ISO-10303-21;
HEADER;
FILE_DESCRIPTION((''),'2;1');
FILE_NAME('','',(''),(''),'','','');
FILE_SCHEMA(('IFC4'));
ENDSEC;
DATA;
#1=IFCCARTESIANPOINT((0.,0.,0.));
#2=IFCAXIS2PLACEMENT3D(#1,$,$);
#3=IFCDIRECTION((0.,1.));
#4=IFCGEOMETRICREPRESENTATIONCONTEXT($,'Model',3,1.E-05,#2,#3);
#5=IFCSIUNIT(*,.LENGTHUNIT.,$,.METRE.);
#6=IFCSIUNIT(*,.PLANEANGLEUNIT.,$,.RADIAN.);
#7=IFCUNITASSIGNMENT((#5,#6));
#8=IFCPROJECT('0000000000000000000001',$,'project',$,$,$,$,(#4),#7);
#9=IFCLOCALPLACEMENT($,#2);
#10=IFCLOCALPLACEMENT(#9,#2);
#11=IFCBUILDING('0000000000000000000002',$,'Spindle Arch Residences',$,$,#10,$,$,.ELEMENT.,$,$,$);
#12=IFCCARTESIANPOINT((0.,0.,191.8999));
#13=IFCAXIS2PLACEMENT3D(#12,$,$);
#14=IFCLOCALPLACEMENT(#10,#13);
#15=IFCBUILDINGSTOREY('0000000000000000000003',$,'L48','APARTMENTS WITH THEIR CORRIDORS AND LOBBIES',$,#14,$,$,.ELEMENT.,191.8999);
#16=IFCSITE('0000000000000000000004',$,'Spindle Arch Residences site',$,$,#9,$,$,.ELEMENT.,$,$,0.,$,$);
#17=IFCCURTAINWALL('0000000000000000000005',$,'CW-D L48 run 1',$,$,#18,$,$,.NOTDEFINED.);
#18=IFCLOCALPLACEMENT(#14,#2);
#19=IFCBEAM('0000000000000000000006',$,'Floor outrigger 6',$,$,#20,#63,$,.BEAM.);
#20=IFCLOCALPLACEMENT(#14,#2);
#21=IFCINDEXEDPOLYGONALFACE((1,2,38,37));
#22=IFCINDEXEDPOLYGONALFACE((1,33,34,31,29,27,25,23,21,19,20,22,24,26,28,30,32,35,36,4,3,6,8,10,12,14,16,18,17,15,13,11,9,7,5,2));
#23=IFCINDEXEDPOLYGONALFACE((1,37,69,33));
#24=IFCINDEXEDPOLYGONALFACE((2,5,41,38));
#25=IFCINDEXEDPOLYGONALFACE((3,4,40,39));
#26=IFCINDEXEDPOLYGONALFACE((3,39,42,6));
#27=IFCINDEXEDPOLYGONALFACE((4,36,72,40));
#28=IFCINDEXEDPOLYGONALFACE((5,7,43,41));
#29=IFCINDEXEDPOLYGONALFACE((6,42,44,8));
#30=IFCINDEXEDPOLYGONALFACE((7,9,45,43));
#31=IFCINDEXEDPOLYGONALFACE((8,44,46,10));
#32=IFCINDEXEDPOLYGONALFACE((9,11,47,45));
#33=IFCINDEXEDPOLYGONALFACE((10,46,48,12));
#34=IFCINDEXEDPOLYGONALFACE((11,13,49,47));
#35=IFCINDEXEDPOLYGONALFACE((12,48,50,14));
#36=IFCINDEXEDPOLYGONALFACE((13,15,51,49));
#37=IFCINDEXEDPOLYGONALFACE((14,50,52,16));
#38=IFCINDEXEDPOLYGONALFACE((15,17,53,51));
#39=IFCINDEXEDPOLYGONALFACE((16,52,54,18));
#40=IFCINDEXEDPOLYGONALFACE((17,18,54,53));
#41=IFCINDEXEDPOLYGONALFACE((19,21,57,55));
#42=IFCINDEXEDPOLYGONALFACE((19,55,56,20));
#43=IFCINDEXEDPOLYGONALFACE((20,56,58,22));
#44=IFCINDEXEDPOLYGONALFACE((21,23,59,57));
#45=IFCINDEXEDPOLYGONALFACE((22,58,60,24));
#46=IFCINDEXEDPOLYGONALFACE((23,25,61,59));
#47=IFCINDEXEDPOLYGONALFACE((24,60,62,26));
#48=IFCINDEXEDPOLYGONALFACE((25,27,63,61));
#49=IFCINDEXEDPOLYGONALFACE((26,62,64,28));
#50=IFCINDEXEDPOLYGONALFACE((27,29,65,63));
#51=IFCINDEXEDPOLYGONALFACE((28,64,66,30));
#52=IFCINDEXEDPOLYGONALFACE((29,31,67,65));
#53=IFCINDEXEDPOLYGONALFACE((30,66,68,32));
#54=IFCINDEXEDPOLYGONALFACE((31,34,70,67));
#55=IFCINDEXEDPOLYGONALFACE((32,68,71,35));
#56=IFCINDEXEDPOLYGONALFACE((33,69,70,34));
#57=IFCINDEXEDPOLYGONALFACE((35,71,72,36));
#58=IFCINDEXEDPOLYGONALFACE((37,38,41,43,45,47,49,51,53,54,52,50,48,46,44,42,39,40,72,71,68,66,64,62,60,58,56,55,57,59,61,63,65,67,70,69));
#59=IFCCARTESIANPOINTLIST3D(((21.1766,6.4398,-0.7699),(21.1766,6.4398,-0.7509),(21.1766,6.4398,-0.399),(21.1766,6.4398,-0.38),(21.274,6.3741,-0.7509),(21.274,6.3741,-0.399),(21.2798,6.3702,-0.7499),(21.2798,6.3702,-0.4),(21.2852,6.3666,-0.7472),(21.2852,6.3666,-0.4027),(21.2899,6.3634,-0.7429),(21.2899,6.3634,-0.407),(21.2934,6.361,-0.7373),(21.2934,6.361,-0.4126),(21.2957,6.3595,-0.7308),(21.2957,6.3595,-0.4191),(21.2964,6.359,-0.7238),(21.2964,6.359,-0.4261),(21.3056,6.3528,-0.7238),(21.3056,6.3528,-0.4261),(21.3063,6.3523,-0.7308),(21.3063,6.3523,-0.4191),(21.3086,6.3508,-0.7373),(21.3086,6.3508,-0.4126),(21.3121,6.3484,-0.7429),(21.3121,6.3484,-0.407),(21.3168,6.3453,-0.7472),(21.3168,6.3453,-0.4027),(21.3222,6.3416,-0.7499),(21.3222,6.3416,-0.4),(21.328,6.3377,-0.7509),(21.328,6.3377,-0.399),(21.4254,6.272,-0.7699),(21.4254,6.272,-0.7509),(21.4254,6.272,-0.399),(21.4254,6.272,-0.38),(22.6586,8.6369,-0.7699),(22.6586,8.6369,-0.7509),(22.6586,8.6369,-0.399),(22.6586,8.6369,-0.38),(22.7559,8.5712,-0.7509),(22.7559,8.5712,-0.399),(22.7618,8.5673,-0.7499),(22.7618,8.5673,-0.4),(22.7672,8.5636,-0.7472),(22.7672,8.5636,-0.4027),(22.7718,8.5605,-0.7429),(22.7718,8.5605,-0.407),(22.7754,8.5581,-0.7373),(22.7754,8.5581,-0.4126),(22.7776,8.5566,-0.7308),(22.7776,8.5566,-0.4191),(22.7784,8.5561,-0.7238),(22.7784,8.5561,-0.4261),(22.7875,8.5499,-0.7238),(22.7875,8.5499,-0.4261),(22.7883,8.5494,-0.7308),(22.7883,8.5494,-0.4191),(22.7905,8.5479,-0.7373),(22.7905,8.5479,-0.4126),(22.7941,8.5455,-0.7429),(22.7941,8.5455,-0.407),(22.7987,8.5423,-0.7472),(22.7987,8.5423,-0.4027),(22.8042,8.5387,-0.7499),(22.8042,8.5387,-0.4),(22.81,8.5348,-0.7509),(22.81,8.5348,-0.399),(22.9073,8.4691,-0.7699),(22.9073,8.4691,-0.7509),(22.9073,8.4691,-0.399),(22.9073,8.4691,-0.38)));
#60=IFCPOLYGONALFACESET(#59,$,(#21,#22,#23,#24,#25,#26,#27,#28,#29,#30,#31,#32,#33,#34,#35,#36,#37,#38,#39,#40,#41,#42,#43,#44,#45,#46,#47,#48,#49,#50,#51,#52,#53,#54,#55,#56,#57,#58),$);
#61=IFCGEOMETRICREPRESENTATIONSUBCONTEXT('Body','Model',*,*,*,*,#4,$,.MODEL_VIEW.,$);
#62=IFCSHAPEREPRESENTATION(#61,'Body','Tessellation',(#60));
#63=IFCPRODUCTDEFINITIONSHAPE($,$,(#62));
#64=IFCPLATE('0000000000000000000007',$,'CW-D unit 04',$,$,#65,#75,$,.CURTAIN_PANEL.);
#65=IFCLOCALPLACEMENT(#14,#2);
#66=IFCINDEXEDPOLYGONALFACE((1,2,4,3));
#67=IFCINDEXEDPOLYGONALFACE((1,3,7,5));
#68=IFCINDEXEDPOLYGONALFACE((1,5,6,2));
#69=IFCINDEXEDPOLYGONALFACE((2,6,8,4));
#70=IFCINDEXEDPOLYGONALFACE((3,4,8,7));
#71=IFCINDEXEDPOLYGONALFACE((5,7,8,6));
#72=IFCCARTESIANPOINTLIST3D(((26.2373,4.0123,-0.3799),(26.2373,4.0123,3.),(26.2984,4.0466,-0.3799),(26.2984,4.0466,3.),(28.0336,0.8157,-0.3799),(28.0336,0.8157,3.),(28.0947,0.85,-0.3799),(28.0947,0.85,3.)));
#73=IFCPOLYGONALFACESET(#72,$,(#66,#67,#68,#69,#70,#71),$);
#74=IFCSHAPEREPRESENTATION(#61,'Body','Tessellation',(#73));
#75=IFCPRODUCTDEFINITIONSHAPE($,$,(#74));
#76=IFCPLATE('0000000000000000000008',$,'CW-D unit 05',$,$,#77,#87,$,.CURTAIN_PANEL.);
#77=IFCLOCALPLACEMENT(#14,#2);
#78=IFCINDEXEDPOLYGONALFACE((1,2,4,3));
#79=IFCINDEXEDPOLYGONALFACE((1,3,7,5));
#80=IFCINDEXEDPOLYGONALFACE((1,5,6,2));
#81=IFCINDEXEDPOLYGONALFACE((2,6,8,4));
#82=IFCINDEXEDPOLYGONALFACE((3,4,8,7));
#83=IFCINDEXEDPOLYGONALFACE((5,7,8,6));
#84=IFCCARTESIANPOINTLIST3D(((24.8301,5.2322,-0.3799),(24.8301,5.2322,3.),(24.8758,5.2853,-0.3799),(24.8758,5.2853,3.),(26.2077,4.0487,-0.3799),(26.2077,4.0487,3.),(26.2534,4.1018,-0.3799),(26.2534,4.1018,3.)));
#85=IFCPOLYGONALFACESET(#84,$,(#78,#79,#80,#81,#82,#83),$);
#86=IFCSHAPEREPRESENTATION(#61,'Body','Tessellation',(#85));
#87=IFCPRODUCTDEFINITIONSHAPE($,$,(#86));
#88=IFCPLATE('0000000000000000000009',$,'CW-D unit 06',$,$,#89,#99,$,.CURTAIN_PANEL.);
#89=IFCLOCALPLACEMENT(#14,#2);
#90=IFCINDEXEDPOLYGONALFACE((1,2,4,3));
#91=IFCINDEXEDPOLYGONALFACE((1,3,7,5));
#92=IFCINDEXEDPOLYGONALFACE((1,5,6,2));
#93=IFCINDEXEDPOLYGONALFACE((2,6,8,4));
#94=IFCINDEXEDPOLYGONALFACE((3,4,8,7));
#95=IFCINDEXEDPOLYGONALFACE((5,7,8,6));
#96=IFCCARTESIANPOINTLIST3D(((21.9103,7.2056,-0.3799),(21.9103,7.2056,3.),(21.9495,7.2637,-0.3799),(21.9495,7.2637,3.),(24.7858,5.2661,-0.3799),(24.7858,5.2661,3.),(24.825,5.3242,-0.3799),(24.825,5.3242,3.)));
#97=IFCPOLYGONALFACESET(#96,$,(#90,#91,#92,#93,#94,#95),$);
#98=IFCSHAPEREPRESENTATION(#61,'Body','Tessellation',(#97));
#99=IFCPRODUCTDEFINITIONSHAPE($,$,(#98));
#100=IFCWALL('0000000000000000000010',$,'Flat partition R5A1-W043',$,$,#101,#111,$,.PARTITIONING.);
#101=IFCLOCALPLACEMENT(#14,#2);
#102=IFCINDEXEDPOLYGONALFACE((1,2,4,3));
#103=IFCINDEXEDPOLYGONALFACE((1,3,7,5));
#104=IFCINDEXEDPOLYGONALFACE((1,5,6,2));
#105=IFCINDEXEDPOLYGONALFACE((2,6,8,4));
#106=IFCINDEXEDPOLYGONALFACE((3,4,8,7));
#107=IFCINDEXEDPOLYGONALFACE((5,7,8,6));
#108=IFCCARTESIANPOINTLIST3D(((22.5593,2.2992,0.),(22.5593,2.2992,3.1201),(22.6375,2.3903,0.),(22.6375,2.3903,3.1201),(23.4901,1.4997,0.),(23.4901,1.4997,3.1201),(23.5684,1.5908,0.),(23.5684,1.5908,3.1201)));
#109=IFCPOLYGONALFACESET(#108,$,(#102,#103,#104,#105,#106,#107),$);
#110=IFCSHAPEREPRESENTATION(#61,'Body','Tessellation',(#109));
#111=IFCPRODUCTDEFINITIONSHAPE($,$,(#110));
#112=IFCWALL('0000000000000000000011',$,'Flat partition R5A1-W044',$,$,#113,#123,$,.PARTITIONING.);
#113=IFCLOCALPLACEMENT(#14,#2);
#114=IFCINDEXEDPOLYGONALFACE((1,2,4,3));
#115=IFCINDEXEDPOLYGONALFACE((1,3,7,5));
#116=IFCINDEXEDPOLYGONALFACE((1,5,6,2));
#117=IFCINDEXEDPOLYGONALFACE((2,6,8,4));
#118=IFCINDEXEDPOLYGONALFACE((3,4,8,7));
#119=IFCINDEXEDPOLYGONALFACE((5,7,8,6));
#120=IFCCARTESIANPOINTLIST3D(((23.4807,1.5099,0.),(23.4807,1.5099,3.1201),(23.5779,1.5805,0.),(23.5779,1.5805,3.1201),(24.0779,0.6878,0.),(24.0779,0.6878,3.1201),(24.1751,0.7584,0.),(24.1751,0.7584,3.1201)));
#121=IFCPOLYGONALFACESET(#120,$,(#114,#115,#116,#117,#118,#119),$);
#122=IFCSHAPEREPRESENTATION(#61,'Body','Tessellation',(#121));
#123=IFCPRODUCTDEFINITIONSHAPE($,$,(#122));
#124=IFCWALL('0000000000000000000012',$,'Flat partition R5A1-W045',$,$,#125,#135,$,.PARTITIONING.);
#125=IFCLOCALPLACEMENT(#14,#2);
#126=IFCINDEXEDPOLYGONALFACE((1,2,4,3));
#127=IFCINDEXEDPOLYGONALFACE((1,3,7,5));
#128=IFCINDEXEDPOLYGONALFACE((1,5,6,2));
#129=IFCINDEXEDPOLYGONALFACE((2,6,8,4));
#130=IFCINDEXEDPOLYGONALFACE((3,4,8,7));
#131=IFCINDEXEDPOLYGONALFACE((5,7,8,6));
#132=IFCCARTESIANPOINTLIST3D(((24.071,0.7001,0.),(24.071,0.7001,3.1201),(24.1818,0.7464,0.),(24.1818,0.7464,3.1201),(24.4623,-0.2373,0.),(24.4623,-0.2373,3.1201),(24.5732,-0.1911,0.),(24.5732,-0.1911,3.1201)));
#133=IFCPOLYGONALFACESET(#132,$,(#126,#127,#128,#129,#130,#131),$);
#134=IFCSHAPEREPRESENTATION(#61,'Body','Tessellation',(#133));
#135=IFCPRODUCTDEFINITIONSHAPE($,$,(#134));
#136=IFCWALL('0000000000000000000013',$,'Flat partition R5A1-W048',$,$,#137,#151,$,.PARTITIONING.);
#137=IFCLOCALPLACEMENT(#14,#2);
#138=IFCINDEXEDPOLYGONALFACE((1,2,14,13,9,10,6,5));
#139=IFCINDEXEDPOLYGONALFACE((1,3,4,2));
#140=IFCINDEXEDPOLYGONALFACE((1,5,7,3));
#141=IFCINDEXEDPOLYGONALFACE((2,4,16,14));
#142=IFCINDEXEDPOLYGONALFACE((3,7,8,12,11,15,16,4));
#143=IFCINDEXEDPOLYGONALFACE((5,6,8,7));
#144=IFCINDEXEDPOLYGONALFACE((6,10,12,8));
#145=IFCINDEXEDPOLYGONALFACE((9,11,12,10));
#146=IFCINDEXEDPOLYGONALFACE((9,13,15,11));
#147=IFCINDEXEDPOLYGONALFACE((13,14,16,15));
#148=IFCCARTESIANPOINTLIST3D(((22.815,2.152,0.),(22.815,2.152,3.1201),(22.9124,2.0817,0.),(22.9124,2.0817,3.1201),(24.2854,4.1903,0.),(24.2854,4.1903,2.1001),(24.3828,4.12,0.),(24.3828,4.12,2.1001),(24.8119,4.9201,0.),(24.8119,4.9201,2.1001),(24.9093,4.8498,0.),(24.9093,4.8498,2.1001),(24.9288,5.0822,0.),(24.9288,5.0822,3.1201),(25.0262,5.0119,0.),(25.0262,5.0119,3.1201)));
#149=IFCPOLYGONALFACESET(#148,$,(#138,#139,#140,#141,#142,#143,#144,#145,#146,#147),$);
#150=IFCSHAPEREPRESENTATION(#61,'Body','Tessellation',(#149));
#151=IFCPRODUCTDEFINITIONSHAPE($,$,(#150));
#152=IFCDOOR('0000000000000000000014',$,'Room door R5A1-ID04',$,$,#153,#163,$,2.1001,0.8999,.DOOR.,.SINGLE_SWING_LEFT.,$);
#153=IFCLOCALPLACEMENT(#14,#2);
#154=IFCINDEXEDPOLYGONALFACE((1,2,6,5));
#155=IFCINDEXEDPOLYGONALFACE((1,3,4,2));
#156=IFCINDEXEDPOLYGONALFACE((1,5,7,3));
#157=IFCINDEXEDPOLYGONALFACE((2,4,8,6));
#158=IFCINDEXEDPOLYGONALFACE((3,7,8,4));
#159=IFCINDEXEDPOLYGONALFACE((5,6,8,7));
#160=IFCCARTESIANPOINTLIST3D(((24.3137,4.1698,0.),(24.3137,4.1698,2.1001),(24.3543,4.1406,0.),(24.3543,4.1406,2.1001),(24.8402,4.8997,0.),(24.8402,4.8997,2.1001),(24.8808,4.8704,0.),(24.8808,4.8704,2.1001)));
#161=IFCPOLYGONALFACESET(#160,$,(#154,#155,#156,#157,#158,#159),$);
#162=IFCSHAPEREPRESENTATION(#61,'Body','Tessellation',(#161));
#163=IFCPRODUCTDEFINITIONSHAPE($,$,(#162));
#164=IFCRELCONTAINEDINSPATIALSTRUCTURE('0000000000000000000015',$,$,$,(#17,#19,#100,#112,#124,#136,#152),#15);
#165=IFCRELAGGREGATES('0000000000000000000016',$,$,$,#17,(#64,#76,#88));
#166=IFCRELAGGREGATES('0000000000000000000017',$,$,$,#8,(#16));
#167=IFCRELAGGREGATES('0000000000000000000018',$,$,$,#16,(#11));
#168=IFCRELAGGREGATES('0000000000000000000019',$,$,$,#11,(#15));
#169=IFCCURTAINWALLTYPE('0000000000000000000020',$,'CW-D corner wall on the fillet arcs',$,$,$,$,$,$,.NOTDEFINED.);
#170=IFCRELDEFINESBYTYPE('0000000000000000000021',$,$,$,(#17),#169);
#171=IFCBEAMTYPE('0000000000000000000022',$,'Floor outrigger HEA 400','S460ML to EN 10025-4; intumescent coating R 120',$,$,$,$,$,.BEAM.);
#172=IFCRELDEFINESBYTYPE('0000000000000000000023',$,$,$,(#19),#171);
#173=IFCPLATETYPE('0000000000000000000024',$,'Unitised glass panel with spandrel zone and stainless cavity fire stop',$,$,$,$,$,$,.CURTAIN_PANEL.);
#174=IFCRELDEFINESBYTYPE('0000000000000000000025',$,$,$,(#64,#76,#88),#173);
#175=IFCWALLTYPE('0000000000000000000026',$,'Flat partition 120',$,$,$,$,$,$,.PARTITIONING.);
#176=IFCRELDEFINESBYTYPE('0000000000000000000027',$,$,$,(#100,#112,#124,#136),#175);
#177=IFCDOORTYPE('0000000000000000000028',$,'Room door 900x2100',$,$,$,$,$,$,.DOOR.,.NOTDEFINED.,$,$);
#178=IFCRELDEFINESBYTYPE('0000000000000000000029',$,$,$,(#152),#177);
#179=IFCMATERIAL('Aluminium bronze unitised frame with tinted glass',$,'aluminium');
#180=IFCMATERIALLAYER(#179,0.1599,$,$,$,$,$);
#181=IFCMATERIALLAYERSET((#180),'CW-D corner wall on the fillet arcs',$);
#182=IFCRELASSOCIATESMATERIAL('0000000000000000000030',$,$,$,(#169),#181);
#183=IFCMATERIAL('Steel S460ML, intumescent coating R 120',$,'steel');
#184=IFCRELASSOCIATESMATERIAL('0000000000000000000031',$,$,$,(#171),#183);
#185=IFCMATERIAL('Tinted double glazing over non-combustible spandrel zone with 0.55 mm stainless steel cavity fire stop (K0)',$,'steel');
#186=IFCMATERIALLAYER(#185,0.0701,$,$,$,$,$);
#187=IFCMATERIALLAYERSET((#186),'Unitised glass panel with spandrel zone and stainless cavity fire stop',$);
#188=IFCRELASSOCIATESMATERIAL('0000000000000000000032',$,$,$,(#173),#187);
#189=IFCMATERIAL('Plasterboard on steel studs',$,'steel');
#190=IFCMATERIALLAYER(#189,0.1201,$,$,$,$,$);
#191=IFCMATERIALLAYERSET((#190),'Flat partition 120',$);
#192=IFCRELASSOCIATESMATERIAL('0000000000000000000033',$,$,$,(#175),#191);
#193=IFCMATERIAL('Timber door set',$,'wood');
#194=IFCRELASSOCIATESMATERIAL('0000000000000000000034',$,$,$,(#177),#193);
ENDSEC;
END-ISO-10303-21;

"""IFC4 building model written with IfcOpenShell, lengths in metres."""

from ifc_helpers import new_model, si_unit, direction, frame, frame_2d, origin, origin_2d, place, context, subcontext, project, spatial, rectangle, i_section, extrude, material, layer, layer_set, material_profile, profile_set, type_object, element, fill, aggregate, save


model = new_model("IFC4")

# Units and contexts
model_context = context("Model", 3, precision=1e-05, world=origin(), true_north=direction((0.0, 1.0)))
body_context = subcontext(model_context, "Body", "Model", "MODEL_VIEW")
ifc_project = project(units=[si_unit("LENGTHUNIT", "METRE"), si_unit("PLANEANGLEUNIT", "RADIAN")], contexts=[model_context])

# Site, building, storey
site_placement = place(None, origin())
site = spatial("IfcSite", under=ifc_project, at=site_placement, Name="Spindle Arch Residences site", CompositionType="ELEMENT", RefElevation=0.0)
building_placement = place(site_placement, origin())
building = spatial("IfcBuilding", under=site, at=building_placement, Name="Spindle Arch Residences", CompositionType="ELEMENT")
storey_placement = place(building_placement, frame((0.0, 0.0, 191.8999)))
storey = spatial("IfcBuildingStorey", under=building, at=storey_placement, Name="L48", Description="APARTMENTS WITH THEIR CORRIDORS AND LOBBIES", CompositionType="ELEMENT", Elevation=191.8999)

# Curtain wall
ifc_material_1 = material(Name="Aluminium bronze unitised frame with tinted glass", Category="aluminium")
ifc_layer_1 = layer(ifc_material_1, 0.1599)
ifc_layer_set_1 = layer_set([ifc_layer_1], Name="CW-D corner wall on the fillet arcs")
curtain_wall_type_1 = type_object("IfcCurtainWallType", Name="CW-D corner wall on the fillet arcs", PredefinedType="NOTDEFINED", material=ifc_layer_set_1)
curtain_wall_1_placement = place(storey_placement, origin())
curtain_wall_1 = element("IfcCurtainWall", 1, at=curtain_wall_1_placement, inside=storey, type_object=curtain_wall_type_1, Name="CW-D L48 run 1", PredefinedType="NOTDEFINED")

# Beam
ifc_material_2 = material(Name="Steel S460ML, intumescent coating R 120", Category="steel")
ifc_material_profile_1 = material_profile(ifc_material_2, i_section(OverallWidth=0.3, OverallDepth=0.3899, WebThickness=0.011, FlangeThickness=0.019, FilletRadius=0.0271, at=origin_2d()), Name="HEA 400")
ifc_profile_set_1 = profile_set([ifc_material_profile_1], Name="Steel S460ML, intumescent coating R 120")
beam_type_1 = type_object("IfcBeamType", Name="Floor outrigger HEA 400", Description="S460ML to EN 10025-4; intumescent coating R 120", PredefinedType="BEAM", material=ifc_profile_set_1)
beam_1_placement = place(storey_placement, frame((22.783, 8.553, -0.575), z_axis=(-0.559199, -0.829033, 0.0), x_axis=(0.829033, -0.559199, 0.0)))
element("IfcBeam", 2, at=beam_1_placement, inside=storey, type_object=beam_type_1, Name="Floor outrigger 6", PredefinedType="BEAM", context=body_context, shape_type="SweptSolid", body=[
    extrude(i_section(OverallWidth=0.3, OverallDepth=0.3899, WebThickness=0.011, FlangeThickness=0.019, FilletRadius=0.0271, at=origin_2d()), origin(), (0.0, 0.0, 1.0), 2.6501),
])

# Plates
ifc_material_3 = material(Name="Tinted double glazing over non-combustible spandrel zone with 0.55 mm stainless steel cavity fire stop (K0)", Category="steel")
ifc_layer_2 = layer(ifc_material_3, 0.0701)
ifc_layer_set_2 = layer_set([ifc_layer_2], Name="Unitised glass panel with spandrel zone and stainless cavity fire stop")
plate_type = type_object("IfcPlateType", Name="Unitised glass panel with spandrel zone and stainless cavity fire stop", PredefinedType="CURTAIN_PANEL", material=ifc_layer_set_2)
plate_1_placement = place(storey_placement, frame((27.166, 2.4312, -0.3799), z_axis=(0.0, 0.0, 1.0), x_axis=(-0.48989, 0.871784, 0.0)))
plate_1 = element("IfcPlate", 3, at=plate_1_placement, type_object=plate_type, Name="CW-D unit 04", PredefinedType="CURTAIN_PANEL", context=body_context, shape_type="SweptSolid", body=[
    extrude(rectangle(XDim=3.6667, YDim=0.0701, at=origin_2d()), origin(), (0.0, 0.0, 1.0), 3.3799),
])
plate_2_placement = place(storey_placement, frame((25.5417, 4.667, -0.3799), z_axis=(0.0, 0.0, 1.0), x_axis=(-0.758514, 0.651657, 0.0)))
plate_2 = element("IfcPlate", 4, at=plate_2_placement, type_object=plate_type, Name="CW-D unit 05", PredefinedType="CURTAIN_PANEL", context=body_context, shape_type="SweptSolid", body=[
    extrude(rectangle(XDim=1.8162, YDim=0.0701, at=origin_2d()), origin(), (0.0, 0.0, 1.0), 3.3799),
])
plate_3_placement = place(storey_placement, frame((23.3677, 6.2649, -0.3799), z_axis=(0.0, 0.0, 1.0), x_axis=(-0.829038, 0.559193, 0.0)))
plate_3 = element("IfcPlate", 5, at=plate_3_placement, type_object=plate_type, Name="CW-D unit 06", PredefinedType="CURTAIN_PANEL", context=body_context, shape_type="SweptSolid", body=[
    extrude(rectangle(XDim=3.4685, YDim=0.0701, at=origin_2d()), origin(), (0.0, 0.0, 1.0), 3.3799),
])
aggregate(curtain_wall_1, [plate_1, plate_2, plate_3])

# Walls
ifc_material_4 = material(Name="Plasterboard on steel studs", Category="steel")
ifc_layer_3 = layer(ifc_material_4, 0.1201)
ifc_layer_set_3 = layer_set([ifc_layer_3], Name="Flat partition 120")
wall_type = type_object("IfcWallType", Name="Flat partition 120", PredefinedType="PARTITIONING", material=ifc_layer_set_3)
wall_1_placement = place(storey_placement, frame((22.5984, 2.3447, 0.0), z_axis=(0.0, 0.0, 1.0), x_axis=(0.758596, -0.651561, 0.0)))
element("IfcWall", 6, at=wall_1_placement, inside=storey, type_object=wall_type, Name="Flat partition R5A1-W043", PredefinedType="PARTITIONING", context=body_context, shape_type="SweptSolid", body=[
    extrude(rectangle(XDim=1.2271, YDim=0.1201, at=frame_2d((0.6135, 0.0))), origin(), (0.0, 0.0, 1.0), 3.1201),
])
wall_2_placement = place(storey_placement, frame((23.5293, 1.5452, 0.0), z_axis=(0.0, 0.0, 1.0), x_axis=(0.587743, -0.809048, 0.0)))
element("IfcWall", 7, at=wall_2_placement, inside=storey, type_object=wall_type, Name="Flat partition R5A1-W044", PredefinedType="PARTITIONING", context=body_context, shape_type="SweptSolid", body=[
    extrude(rectangle(XDim=1.0161, YDim=0.1201, at=frame_2d((0.5081, 0.0))), origin(), (0.0, 0.0, 1.0), 3.1201),
])
wall_3_placement = place(storey_placement, frame((24.1265, 0.7231, 0.0), z_axis=(0.0, 0.0, 1.0), x_axis=(0.38523, -0.922821, 0.0)))
element("IfcWall", 8, at=wall_3_placement, inside=storey, type_object=wall_type, Name="Flat partition R5A1-W045", PredefinedType="PARTITIONING", context=body_context, shape_type="SweptSolid", body=[
    extrude(rectangle(XDim=1.0159, YDim=0.1201, at=frame_2d((0.5078, 0.0))), origin(), (0.0, 0.0, 1.0), 3.1201),
])

# Wall, opening, door
wall_4_placement = place(storey_placement, frame((24.9775, 5.0471, 0.0), z_axis=(0.0, 0.0, 1.0), x_axis=(-0.585041, -0.811003, 0.0)))
wall_4 = element("IfcWall", 9, at=wall_4_placement, inside=storey, type_object=wall_type, Name="Flat partition R5A1-W048", PredefinedType="PARTITIONING", context=body_context, shape_type="SweptSolid", body=[
    extrude(rectangle(XDim=3.613, YDim=0.1201, at=frame_2d((1.8066, 0.0))), origin(), (0.0, 0.0, 1.0), 3.1201),
])
opening_1_placement = place(wall_4_placement, frame((0.2, 0.0, 0.0)))
opening_1 = element("IfcOpeningElement", 10, at=opening_1_placement, cuts=wall_4, PredefinedType="OPENING", context=body_context, shape_type="SweptSolid", body=[
    extrude(rectangle(XDim=0.8999, YDim=2.1001, at=frame_2d((0.45, 1.05))), frame((0.0, 0.0701, 0.0), z_axis=(0.0, -1.0, 0.0), x_axis=(1.0, 0.0, 0.0)), (0.0, 0.0, 1.0), 0.1401),
])
ifc_material_5 = material(Name="Timber door set", Category="wood")
door_type = type_object("IfcDoorType", Name="Room door 900x2100", OperationType="NOTDEFINED", PredefinedType="DOOR", material=ifc_material_5)
door_1_placement = place(opening_1_placement, origin())
door_1 = element("IfcDoor", 11, at=door_1_placement, inside=storey, type_object=door_type, Name="Room door R5A1-ID04", OperationType="SINGLE_SWING_LEFT", OverallHeight=2.1001, OverallWidth=0.8999, PredefinedType="DOOR", context=body_context, shape_type="SweptSolid", body=[
    extrude(rectangle(XDim=0.8999, YDim=2.1001, at=frame_2d((0.45, 1.05))), frame((0.0, 0.0249, 0.0), z_axis=(0.0, -1.0, 0.0), x_axis=(1.0, 0.0, 0.0)), (0.0, 0.0, 1.0), 0.05),
])
fill(opening_1, door_1)

save(model, "model.ifc")
